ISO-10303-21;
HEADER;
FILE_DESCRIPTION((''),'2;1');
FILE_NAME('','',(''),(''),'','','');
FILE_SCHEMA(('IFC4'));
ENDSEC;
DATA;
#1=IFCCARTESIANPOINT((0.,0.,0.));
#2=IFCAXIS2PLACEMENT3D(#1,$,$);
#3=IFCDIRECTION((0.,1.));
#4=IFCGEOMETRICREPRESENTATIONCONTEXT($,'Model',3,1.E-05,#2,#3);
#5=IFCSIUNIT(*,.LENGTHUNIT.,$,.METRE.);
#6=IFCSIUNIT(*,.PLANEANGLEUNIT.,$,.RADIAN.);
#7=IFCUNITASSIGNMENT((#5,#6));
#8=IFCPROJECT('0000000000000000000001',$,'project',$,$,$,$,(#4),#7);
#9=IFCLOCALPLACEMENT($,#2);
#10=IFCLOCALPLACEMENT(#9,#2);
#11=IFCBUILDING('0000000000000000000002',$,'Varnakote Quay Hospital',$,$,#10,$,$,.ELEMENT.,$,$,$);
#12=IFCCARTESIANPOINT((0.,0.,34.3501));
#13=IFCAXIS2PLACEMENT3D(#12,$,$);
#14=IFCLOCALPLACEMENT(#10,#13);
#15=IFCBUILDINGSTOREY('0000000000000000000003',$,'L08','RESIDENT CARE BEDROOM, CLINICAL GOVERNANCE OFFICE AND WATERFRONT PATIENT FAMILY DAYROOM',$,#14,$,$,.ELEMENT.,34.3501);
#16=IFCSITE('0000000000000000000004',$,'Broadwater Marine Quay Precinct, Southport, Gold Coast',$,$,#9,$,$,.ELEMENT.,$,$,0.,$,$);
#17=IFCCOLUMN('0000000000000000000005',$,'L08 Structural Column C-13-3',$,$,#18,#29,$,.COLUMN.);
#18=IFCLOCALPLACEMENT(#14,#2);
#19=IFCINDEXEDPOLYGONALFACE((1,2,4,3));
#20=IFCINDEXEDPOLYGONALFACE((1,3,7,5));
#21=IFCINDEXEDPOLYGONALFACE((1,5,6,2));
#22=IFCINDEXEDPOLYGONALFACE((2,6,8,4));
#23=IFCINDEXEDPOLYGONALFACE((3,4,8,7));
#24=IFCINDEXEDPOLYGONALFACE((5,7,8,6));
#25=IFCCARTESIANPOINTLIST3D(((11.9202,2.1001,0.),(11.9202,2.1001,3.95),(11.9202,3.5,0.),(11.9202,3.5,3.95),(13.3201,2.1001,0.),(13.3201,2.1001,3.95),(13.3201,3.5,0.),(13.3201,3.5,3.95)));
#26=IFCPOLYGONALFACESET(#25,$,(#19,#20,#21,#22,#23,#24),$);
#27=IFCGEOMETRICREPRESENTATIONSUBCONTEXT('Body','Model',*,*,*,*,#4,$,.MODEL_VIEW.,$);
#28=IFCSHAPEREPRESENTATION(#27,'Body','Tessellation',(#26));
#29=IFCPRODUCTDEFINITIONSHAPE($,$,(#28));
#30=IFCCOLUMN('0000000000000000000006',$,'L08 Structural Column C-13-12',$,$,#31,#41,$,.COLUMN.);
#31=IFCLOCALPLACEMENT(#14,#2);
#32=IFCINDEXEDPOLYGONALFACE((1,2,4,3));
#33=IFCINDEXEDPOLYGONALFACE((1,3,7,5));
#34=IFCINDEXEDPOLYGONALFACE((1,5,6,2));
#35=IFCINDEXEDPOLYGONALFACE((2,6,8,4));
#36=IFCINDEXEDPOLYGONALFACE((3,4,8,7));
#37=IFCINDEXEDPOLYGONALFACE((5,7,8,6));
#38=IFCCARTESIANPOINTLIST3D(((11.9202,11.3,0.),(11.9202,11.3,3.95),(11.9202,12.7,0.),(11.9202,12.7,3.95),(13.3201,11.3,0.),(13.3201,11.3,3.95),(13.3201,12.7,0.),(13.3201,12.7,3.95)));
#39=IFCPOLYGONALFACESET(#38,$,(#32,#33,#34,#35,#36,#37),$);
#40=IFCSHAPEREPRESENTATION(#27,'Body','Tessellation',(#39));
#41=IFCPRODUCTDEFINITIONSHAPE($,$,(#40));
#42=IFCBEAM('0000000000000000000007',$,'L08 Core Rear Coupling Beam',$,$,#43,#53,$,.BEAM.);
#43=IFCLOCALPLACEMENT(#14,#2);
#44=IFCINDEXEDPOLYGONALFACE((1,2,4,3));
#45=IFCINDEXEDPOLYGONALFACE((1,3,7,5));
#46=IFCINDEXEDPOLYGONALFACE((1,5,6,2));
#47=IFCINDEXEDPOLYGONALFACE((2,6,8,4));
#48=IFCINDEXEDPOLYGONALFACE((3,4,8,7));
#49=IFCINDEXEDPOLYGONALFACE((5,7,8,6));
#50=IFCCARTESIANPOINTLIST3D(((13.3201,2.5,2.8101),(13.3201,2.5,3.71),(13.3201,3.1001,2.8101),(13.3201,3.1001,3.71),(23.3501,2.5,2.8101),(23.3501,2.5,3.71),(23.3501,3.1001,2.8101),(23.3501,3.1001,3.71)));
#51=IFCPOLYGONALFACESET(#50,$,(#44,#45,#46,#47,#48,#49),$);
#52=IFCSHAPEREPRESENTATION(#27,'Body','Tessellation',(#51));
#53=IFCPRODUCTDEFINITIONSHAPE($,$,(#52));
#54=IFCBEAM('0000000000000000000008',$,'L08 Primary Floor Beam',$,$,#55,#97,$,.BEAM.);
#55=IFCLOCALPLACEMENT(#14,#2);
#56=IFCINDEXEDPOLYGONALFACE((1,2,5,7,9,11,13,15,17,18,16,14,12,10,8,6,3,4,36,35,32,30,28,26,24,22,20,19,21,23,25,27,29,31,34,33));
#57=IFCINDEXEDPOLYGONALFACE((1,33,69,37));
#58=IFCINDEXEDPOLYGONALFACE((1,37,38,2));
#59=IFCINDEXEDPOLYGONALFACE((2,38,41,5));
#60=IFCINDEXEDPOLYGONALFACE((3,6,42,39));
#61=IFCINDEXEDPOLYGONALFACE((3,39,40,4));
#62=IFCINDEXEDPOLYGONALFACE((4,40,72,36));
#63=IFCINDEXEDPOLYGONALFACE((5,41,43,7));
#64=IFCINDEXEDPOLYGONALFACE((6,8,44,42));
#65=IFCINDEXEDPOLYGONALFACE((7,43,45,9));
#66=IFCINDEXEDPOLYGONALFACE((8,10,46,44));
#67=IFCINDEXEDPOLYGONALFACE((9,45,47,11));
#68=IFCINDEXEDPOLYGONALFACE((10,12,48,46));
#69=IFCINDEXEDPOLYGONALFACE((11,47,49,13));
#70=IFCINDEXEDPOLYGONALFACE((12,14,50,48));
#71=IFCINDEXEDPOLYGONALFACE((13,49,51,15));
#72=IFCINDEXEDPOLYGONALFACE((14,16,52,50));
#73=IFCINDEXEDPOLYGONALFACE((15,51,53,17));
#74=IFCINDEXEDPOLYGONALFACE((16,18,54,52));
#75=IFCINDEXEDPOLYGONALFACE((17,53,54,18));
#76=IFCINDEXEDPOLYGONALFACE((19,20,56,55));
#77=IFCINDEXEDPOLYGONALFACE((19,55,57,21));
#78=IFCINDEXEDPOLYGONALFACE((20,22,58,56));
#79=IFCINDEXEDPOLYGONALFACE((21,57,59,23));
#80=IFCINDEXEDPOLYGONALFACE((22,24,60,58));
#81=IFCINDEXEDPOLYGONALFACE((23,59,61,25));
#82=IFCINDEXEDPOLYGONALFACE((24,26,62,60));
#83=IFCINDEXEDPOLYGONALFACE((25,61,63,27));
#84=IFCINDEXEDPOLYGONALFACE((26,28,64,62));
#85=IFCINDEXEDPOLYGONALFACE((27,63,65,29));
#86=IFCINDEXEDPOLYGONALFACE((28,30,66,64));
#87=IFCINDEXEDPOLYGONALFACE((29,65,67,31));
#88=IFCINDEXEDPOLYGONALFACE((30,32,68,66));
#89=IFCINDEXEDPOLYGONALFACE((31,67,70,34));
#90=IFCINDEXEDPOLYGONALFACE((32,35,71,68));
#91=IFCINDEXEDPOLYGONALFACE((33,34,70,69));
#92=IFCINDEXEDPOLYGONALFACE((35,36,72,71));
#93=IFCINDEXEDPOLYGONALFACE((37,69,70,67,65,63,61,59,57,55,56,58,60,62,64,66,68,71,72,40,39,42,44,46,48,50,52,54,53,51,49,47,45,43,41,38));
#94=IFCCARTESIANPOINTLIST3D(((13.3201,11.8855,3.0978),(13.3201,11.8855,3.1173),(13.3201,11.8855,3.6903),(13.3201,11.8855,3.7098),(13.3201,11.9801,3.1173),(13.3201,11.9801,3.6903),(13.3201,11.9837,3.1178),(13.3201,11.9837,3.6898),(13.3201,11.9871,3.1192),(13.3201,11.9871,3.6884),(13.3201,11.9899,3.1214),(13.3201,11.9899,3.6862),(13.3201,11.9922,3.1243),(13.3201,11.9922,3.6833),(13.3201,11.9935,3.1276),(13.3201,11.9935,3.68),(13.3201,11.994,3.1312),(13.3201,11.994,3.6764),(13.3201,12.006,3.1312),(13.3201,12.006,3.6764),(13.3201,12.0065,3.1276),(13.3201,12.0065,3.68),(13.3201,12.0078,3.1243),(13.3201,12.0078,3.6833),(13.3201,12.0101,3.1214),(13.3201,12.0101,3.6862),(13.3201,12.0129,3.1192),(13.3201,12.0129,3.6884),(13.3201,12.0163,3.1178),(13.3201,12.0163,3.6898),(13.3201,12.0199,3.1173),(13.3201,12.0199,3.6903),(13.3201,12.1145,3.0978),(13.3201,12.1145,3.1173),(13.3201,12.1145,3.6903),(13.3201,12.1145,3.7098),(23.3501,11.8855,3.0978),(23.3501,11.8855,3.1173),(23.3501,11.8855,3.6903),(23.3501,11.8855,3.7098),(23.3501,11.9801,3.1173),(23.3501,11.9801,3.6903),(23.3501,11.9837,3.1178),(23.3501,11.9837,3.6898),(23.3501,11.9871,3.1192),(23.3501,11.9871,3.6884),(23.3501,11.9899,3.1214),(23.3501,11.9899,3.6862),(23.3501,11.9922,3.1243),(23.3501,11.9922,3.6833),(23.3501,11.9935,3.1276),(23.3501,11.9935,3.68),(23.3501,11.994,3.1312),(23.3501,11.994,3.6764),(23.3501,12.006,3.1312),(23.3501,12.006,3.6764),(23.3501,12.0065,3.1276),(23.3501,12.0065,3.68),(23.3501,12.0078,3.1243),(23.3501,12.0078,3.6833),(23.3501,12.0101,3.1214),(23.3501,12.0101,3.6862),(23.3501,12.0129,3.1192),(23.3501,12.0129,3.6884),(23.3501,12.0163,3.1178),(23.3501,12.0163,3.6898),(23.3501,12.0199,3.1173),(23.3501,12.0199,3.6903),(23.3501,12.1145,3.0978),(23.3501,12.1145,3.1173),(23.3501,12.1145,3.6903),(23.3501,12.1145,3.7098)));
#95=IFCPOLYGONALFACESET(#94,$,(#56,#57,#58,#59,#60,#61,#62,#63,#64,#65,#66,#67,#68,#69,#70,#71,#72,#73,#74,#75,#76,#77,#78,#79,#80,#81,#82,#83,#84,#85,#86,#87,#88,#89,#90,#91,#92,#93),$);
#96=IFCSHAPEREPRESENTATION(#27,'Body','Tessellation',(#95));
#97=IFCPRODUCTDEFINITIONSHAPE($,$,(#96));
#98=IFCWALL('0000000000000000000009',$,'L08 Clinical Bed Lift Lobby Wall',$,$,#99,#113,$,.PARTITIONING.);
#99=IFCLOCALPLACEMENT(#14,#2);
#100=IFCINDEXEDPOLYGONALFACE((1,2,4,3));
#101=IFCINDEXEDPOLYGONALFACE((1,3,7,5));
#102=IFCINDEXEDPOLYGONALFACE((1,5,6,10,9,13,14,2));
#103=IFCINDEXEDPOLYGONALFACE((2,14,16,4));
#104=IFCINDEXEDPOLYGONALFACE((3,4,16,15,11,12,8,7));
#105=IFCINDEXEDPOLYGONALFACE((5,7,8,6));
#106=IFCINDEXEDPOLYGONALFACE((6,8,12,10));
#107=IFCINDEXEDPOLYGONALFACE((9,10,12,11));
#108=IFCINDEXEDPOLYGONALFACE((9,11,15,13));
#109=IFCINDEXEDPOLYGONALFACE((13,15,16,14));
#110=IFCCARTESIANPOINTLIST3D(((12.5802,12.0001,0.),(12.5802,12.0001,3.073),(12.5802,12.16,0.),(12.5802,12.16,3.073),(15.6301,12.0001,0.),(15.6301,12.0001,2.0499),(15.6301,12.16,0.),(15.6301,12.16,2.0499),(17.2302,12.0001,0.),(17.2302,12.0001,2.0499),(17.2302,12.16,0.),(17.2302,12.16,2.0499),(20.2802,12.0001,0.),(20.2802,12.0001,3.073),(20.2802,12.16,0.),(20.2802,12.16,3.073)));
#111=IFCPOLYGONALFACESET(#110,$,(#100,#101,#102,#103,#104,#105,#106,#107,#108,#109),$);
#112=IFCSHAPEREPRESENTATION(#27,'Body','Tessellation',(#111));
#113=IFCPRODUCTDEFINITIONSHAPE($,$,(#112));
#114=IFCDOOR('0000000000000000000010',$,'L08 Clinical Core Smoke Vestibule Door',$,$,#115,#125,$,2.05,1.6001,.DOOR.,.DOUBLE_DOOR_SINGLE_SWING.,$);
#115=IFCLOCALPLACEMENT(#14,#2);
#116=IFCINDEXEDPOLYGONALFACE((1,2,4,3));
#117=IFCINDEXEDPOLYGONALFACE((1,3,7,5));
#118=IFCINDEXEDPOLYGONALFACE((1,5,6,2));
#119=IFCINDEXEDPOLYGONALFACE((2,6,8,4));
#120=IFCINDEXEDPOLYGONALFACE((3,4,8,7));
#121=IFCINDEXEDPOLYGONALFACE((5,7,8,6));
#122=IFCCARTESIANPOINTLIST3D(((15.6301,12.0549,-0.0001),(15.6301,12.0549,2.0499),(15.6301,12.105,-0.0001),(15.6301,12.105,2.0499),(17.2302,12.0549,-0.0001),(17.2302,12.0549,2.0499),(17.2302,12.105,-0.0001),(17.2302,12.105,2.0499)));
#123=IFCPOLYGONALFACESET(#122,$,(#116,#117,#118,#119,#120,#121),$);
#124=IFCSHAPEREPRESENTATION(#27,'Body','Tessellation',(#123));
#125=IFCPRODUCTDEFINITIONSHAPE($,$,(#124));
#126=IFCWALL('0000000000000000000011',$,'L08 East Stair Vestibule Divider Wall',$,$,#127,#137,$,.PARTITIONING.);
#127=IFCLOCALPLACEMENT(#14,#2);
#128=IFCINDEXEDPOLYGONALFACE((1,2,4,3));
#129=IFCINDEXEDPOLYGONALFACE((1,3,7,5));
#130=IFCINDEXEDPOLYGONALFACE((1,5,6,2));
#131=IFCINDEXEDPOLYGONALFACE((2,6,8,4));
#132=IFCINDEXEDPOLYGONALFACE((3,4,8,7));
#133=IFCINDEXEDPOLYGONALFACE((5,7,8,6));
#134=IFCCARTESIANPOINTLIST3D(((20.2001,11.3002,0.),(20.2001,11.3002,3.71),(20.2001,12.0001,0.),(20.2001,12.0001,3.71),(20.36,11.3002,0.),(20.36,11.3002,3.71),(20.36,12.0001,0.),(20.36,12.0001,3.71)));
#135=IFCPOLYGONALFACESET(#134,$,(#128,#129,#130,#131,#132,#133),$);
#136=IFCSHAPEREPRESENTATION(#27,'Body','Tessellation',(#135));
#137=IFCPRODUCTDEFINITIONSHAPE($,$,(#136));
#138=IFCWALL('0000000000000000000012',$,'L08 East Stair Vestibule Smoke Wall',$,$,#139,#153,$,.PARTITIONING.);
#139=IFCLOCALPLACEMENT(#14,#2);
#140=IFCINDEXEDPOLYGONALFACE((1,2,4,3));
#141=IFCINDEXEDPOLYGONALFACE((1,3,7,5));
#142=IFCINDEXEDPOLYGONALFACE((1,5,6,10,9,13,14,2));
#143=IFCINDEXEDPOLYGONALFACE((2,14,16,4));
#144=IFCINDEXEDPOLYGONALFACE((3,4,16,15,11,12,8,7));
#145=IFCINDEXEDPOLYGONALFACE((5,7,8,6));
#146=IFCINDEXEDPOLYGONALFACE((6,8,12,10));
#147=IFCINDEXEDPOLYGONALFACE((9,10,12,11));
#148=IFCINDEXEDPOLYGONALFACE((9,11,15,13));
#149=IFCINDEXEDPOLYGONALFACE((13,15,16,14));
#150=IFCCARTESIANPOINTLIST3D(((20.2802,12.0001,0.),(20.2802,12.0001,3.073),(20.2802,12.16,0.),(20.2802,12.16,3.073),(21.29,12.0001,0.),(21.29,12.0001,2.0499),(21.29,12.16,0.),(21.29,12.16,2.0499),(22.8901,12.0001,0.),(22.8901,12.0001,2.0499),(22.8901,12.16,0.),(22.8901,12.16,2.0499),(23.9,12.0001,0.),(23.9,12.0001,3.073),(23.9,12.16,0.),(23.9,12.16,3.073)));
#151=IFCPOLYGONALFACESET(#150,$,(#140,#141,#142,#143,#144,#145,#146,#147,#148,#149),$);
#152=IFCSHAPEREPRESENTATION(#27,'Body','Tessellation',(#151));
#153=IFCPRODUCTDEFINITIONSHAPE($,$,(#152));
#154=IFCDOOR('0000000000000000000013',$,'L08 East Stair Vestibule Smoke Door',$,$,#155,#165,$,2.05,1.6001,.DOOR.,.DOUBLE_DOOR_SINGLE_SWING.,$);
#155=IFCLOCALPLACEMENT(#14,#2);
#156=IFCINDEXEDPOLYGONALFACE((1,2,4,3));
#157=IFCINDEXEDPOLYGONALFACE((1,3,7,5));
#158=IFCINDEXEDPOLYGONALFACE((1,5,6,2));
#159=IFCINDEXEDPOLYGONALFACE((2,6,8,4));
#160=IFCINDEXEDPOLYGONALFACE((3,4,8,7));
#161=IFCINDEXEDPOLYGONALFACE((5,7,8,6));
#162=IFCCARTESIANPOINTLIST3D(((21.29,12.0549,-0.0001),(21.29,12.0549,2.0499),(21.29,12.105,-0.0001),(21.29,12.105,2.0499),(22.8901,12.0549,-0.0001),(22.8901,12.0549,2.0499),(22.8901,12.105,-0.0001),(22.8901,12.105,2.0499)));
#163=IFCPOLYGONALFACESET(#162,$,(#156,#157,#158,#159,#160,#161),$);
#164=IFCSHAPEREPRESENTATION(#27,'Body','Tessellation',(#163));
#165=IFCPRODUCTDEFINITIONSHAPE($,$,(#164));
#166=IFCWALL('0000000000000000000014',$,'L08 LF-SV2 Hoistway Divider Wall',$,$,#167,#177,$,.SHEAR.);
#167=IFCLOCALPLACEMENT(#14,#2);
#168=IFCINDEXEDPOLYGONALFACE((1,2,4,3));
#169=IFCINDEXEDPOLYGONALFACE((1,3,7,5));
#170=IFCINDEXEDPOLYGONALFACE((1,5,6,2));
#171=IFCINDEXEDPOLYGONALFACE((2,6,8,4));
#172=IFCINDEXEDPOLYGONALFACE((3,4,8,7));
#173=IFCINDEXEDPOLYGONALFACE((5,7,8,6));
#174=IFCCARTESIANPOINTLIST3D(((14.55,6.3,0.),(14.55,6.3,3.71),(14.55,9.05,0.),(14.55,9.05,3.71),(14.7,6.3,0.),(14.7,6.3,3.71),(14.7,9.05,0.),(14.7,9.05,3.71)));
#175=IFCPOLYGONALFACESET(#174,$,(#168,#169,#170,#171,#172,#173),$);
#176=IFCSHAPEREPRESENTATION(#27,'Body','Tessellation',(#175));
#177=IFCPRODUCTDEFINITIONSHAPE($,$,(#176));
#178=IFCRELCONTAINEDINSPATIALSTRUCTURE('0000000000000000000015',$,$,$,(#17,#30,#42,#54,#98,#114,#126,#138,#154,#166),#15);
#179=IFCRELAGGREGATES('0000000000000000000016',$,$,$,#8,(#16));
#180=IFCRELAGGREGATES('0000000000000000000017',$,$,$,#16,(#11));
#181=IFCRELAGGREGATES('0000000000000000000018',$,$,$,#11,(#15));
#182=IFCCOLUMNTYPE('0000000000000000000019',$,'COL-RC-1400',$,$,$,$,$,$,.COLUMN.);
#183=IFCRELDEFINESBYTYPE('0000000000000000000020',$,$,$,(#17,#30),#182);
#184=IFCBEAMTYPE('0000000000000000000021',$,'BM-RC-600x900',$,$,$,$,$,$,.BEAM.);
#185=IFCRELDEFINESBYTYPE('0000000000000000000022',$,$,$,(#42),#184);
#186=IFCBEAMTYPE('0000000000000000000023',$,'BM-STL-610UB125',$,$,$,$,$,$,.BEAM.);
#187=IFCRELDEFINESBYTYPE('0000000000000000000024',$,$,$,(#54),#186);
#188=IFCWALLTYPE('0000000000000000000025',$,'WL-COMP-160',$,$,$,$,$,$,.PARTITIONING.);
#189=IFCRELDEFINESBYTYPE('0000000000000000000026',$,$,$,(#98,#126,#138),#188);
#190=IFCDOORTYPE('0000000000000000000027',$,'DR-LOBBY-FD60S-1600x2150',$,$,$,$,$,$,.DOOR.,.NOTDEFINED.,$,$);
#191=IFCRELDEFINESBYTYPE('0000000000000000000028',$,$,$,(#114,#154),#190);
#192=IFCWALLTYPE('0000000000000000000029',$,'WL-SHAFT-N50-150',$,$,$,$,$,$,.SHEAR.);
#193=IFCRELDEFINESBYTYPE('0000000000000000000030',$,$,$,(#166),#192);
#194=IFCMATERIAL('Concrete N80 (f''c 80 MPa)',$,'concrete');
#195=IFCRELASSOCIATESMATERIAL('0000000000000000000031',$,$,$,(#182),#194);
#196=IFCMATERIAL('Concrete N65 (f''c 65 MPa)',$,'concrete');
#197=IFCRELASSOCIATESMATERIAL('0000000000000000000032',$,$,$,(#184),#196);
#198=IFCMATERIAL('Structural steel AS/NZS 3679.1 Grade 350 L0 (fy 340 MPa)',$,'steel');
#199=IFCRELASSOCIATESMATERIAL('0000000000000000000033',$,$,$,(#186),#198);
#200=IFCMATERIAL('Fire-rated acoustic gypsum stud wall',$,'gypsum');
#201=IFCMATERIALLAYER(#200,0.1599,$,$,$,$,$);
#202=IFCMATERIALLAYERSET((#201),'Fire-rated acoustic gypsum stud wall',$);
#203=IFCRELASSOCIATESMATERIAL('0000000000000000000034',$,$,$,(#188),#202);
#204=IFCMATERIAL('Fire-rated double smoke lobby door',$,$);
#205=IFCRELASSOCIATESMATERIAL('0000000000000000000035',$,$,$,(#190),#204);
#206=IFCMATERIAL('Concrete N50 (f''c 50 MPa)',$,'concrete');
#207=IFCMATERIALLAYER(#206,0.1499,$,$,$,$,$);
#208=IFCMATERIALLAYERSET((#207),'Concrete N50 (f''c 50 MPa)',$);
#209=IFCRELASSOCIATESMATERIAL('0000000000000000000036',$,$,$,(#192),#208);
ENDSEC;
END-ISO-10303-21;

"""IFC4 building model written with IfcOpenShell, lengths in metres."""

from ifc_helpers import new_model, si_unit, direction, frame, frame_2d, origin, origin_2d, place, context, subcontext, project, spatial, rectangle, i_section, extrude, material, layer, layer_set, material_profile, profile_set, type_object, element, fill, save


model = new_model("IFC4")

# Units and contexts
model_context = context("Model", 3, precision=1e-05, world=origin(), true_north=direction((0.0, 1.0)))
body_context = subcontext(model_context, "Body", "Model", "MODEL_VIEW")
ifc_project = project(units=[si_unit("LENGTHUNIT", "METRE"), si_unit("PLANEANGLEUNIT", "RADIAN")], contexts=[model_context])

# Site, building, storey
site_placement = place(None, origin())
site = spatial("IfcSite", under=ifc_project, at=site_placement, Name="Broadwater Marine Quay Precinct, Southport, Gold Coast", CompositionType="ELEMENT", RefElevation=0.0)
building_placement = place(site_placement, origin())
building = spatial("IfcBuilding", under=site, at=building_placement, Name="Varnakote Quay Hospital", CompositionType="ELEMENT")
storey_placement = place(building_placement, frame((0.0, 0.0, 34.3501)))
storey = spatial("IfcBuildingStorey", under=building, at=storey_placement, Name="L08", Description="RESIDENT CARE BEDROOM, CLINICAL GOVERNANCE OFFICE AND WATERFRONT PATIENT FAMILY DAYROOM", CompositionType="ELEMENT", Elevation=34.3501)

# Columns
ifc_material_1 = material(Name="Concrete N80 (f'c 80 MPa)", Category="concrete")
ifc_material_profile_1 = material_profile(ifc_material_1, rectangle(XDim=1.3999, YDim=1.3999, at=origin_2d()), Name="RC-COL-1400x1400")
ifc_profile_set_1 = profile_set([ifc_material_profile_1], Name="Concrete N80 (f'c 80 MPa)")
column_type = type_object("IfcColumnType", Name="COL-RC-1400", PredefinedType="COLUMN", material=ifc_profile_set_1)
for number, where, z_axis, x_axis, name in (
    (1, (12.6201, 2.8, 0.0), (0.0, 0.0, 1.0), (1.0, 0.0, 0.0), "L08 Structural Column C-13-3"),
    (2, (12.6201, 12.0, 0.0), (0.0, 0.0, 1.0), (1.0, 0.0, 0.0), "L08 Structural Column C-13-12"),
):
    element("IfcColumn", number, at=place(storey_placement, frame(where, z_axis=z_axis, x_axis=x_axis)), inside=storey, type_object=column_type, Name=name, PredefinedType="COLUMN", context=body_context, shape_type="SweptSolid", body=[
        extrude(rectangle(XDim=1.3999, YDim=1.3999, at=origin_2d()), origin(), (0.0, 0.0, 1.0), 3.95),
    ])

# Beams
ifc_material_2 = material(Name="Concrete N65 (f'c 65 MPa)", Category="concrete")
ifc_material_profile_2 = material_profile(ifc_material_2, rectangle(XDim=0.6001, YDim=0.8999, at=origin_2d()), Name="RC-BM-600x900")
ifc_profile_set_2 = profile_set([ifc_material_profile_2], Name="Concrete N65 (f'c 65 MPa)")
beam_type_1 = type_object("IfcBeamType", Name="BM-RC-600x900", PredefinedType="BEAM", material=ifc_profile_set_2)
beam_1_placement = place(storey_placement, frame((13.3201, 2.8, 3.26), z_axis=(1.0, 0.0, 0.0), x_axis=(0.0, 1.0, 0.0)))
element("IfcBeam", 3, at=beam_1_placement, inside=storey, type_object=beam_type_1, Name="L08 Core Rear Coupling Beam", PredefinedType="BEAM", context=body_context, shape_type="SweptSolid", body=[
    extrude(rectangle(XDim=0.6001, YDim=0.8999, at=origin_2d()), origin(), (0.0, 0.0, 1.0), 10.03),
])
ifc_material_3 = material(Name="Structural steel AS/NZS 3679.1 Grade 350 L0 (fy 340 MPa)", Category="steel")
ifc_material_profile_3 = material_profile(ifc_material_3, i_section(OverallWidth=0.229, OverallDepth=0.6121, WebThickness=0.012, FlangeThickness=0.0195, FilletRadius=0.0139, at=origin_2d()), Name="610UB125")
ifc_profile_set_3 = profile_set([ifc_material_profile_3], Name="Structural steel AS/NZS 3679.1 Grade 350 L0 (fy 340 MPa)")
beam_type_2 = type_object("IfcBeamType", Name="BM-STL-610UB125", PredefinedType="BEAM", material=ifc_profile_set_3)
beam_2_placement = place(storey_placement, frame((13.3201, 12.0, 3.4038), z_axis=(1.0, 0.0, 0.0), x_axis=(0.0, 1.0, 0.0)))
element("IfcBeam", 4, at=beam_2_placement, inside=storey, type_object=beam_type_2, Name="L08 Primary Floor Beam", PredefinedType="BEAM", context=body_context, shape_type="SweptSolid", body=[
    extrude(i_section(OverallWidth=0.229, OverallDepth=0.6121, WebThickness=0.012, FlangeThickness=0.0195, FilletRadius=0.0139, at=origin_2d()), origin(), (0.0, 0.0, 1.0), 10.03),
])

# Wall, opening, door
ifc_material_4 = material(Name="Fire-rated acoustic gypsum stud wall", Category="gypsum")
ifc_layer_1 = layer(ifc_material_4, 0.1599)
ifc_layer_set_1 = layer_set([ifc_layer_1], Name="Fire-rated acoustic gypsum stud wall")
wall_type_1 = type_object("IfcWallType", Name="WL-COMP-160", PredefinedType="PARTITIONING", material=ifc_layer_set_1)
wall_1_placement = place(storey_placement, frame((12.5801, 12.0801, 0.0), z_axis=(0.0, 0.0, 1.0), x_axis=(1.0, 0.0, 0.0)))
wall_1 = element("IfcWall", 5, at=wall_1_placement, inside=storey, type_object=wall_type_1, Name="L08 Clinical Bed Lift Lobby Wall", PredefinedType="PARTITIONING", context=body_context, shape_type="SweptSolid", body=[
    extrude(rectangle(XDim=7.7, YDim=0.1599, at=frame_2d((3.8501, 0.0))), origin(), (0.0, 0.0, 1.0), 3.073),
])
opening_1_placement = place(wall_1_placement, frame((3.05, 0.0, 0.0)))
opening_1 = element("IfcOpeningElement", 6, at=opening_1_placement, cuts=wall_1, PredefinedType="OPENING", context=body_context, shape_type="SweptSolid", body=[
    extrude(rectangle(XDim=1.6001, YDim=2.05, at=frame_2d((0.8, 1.0249))), frame((0.0, 0.0898, 0.0), z_axis=(0.0, -1.0, 0.0), x_axis=(1.0, 0.0, 0.0)), (0.0, 0.0, 1.0), 0.1799),
])
ifc_material_5 = material(Name="Fire-rated double smoke lobby door")
door_type_1 = type_object("IfcDoorType", Name="DR-LOBBY-FD60S-1600x2150", OperationType="NOTDEFINED", PredefinedType="DOOR", material=ifc_material_5)
door_1_placement = place(opening_1_placement, origin())
door_1 = element("IfcDoor", 7, at=door_1_placement, inside=storey, type_object=door_type_1, Name="L08 Clinical Core Smoke Vestibule Door", OperationType="DOUBLE_DOOR_SINGLE_SWING", OverallHeight=2.05, OverallWidth=1.6001, PredefinedType="DOOR", context=body_context, shape_type="SweptSolid", body=[
    extrude(rectangle(XDim=1.6001, YDim=2.05, at=frame_2d((0.8, 1.0249))), frame((0.0, 0.0249, 0.0), z_axis=(0.0, -1.0, 0.0), x_axis=(1.0, 0.0, 0.0)), (0.0, 0.0, 1.0), 0.05),
])
fill(opening_1, door_1)

# Wall
wall_2_placement = place(storey_placement, frame((20.28, 11.3, 0.0), z_axis=(0.0, 0.0, 1.0), x_axis=(0.0, 1.0, 0.0)))
element("IfcWall", 8, at=wall_2_placement, inside=storey, type_object=wall_type_1, Name="L08 East Stair Vestibule Divider Wall", PredefinedType="PARTITIONING", context=body_context, shape_type="SweptSolid", body=[
    extrude(rectangle(XDim=0.7, YDim=0.1599, at=frame_2d((0.3501, 0.0))), origin(), (0.0, 0.0, 1.0), 3.71),
])

# Wall, opening, door
wall_3_placement = place(storey_placement, frame((20.28, 12.0801, 0.0), z_axis=(0.0, 0.0, 1.0), x_axis=(1.0, 0.0, 0.0)))
wall_3 = element("IfcWall", 9, at=wall_3_placement, inside=storey, type_object=wall_type_1, Name="L08 East Stair Vestibule Smoke Wall", PredefinedType="PARTITIONING", context=body_context, shape_type="SweptSolid", body=[
    extrude(rectangle(XDim=3.6199, YDim=0.1599, at=frame_2d((1.8101, 0.0))), origin(), (0.0, 0.0, 1.0), 3.073),
])
opening_2_placement = place(wall_3_placement, frame((1.01, 0.0, 0.0)))
opening_2 = element("IfcOpeningElement", 10, at=opening_2_placement, cuts=wall_3, PredefinedType="OPENING", context=body_context, shape_type="SweptSolid", body=[
    extrude(rectangle(XDim=1.6001, YDim=2.05, at=frame_2d((0.8, 1.0249))), frame((0.0, 0.0898, 0.0), z_axis=(0.0, -1.0, 0.0), x_axis=(1.0, 0.0, 0.0)), (0.0, 0.0, 1.0), 0.1799),
])
door_2_placement = place(opening_2_placement, origin())
door_2 = element("IfcDoor", 11, at=door_2_placement, inside=storey, type_object=door_type_1, Name="L08 East Stair Vestibule Smoke Door", OperationType="DOUBLE_DOOR_SINGLE_SWING", OverallHeight=2.05, OverallWidth=1.6001, PredefinedType="DOOR", context=body_context, shape_type="SweptSolid", body=[
    extrude(rectangle(XDim=1.6001, YDim=2.05, at=frame_2d((0.8, 1.0249))), frame((0.0, 0.0249, 0.0), z_axis=(0.0, -1.0, 0.0), x_axis=(1.0, 0.0, 0.0)), (0.0, 0.0, 1.0), 0.05),
])
fill(opening_2, door_2)

# Wall
ifc_material_6 = material(Name="Concrete N50 (f'c 50 MPa)", Category="concrete")
ifc_layer_2 = layer(ifc_material_6, 0.1499)
ifc_layer_set_2 = layer_set([ifc_layer_2], Name="Concrete N50 (f'c 50 MPa)")
wall_type_2 = type_object("IfcWallType", Name="WL-SHAFT-N50-150", PredefinedType="SHEAR", material=ifc_layer_set_2)
for number, where, z_axis, x_axis, name in (
    (12, (14.625, 6.3, 0.0), (0.0, 0.0, 1.0), (0.0, 1.0, 0.0), "L08 LF-SV2 Hoistway Divider Wall"),
):
    element("IfcWall", number, at=place(storey_placement, frame(where, z_axis=z_axis, x_axis=x_axis)), inside=storey, type_object=wall_type_2, Name=name, PredefinedType="SHEAR", context=body_context, shape_type="SweptSolid", body=[
        extrude(rectangle(XDim=2.75, YDim=0.1499, at=frame_2d((1.375, 0.0))), origin(), (0.0, 0.0, 1.0), 3.71),
    ])

save(model, "model.ifc")
